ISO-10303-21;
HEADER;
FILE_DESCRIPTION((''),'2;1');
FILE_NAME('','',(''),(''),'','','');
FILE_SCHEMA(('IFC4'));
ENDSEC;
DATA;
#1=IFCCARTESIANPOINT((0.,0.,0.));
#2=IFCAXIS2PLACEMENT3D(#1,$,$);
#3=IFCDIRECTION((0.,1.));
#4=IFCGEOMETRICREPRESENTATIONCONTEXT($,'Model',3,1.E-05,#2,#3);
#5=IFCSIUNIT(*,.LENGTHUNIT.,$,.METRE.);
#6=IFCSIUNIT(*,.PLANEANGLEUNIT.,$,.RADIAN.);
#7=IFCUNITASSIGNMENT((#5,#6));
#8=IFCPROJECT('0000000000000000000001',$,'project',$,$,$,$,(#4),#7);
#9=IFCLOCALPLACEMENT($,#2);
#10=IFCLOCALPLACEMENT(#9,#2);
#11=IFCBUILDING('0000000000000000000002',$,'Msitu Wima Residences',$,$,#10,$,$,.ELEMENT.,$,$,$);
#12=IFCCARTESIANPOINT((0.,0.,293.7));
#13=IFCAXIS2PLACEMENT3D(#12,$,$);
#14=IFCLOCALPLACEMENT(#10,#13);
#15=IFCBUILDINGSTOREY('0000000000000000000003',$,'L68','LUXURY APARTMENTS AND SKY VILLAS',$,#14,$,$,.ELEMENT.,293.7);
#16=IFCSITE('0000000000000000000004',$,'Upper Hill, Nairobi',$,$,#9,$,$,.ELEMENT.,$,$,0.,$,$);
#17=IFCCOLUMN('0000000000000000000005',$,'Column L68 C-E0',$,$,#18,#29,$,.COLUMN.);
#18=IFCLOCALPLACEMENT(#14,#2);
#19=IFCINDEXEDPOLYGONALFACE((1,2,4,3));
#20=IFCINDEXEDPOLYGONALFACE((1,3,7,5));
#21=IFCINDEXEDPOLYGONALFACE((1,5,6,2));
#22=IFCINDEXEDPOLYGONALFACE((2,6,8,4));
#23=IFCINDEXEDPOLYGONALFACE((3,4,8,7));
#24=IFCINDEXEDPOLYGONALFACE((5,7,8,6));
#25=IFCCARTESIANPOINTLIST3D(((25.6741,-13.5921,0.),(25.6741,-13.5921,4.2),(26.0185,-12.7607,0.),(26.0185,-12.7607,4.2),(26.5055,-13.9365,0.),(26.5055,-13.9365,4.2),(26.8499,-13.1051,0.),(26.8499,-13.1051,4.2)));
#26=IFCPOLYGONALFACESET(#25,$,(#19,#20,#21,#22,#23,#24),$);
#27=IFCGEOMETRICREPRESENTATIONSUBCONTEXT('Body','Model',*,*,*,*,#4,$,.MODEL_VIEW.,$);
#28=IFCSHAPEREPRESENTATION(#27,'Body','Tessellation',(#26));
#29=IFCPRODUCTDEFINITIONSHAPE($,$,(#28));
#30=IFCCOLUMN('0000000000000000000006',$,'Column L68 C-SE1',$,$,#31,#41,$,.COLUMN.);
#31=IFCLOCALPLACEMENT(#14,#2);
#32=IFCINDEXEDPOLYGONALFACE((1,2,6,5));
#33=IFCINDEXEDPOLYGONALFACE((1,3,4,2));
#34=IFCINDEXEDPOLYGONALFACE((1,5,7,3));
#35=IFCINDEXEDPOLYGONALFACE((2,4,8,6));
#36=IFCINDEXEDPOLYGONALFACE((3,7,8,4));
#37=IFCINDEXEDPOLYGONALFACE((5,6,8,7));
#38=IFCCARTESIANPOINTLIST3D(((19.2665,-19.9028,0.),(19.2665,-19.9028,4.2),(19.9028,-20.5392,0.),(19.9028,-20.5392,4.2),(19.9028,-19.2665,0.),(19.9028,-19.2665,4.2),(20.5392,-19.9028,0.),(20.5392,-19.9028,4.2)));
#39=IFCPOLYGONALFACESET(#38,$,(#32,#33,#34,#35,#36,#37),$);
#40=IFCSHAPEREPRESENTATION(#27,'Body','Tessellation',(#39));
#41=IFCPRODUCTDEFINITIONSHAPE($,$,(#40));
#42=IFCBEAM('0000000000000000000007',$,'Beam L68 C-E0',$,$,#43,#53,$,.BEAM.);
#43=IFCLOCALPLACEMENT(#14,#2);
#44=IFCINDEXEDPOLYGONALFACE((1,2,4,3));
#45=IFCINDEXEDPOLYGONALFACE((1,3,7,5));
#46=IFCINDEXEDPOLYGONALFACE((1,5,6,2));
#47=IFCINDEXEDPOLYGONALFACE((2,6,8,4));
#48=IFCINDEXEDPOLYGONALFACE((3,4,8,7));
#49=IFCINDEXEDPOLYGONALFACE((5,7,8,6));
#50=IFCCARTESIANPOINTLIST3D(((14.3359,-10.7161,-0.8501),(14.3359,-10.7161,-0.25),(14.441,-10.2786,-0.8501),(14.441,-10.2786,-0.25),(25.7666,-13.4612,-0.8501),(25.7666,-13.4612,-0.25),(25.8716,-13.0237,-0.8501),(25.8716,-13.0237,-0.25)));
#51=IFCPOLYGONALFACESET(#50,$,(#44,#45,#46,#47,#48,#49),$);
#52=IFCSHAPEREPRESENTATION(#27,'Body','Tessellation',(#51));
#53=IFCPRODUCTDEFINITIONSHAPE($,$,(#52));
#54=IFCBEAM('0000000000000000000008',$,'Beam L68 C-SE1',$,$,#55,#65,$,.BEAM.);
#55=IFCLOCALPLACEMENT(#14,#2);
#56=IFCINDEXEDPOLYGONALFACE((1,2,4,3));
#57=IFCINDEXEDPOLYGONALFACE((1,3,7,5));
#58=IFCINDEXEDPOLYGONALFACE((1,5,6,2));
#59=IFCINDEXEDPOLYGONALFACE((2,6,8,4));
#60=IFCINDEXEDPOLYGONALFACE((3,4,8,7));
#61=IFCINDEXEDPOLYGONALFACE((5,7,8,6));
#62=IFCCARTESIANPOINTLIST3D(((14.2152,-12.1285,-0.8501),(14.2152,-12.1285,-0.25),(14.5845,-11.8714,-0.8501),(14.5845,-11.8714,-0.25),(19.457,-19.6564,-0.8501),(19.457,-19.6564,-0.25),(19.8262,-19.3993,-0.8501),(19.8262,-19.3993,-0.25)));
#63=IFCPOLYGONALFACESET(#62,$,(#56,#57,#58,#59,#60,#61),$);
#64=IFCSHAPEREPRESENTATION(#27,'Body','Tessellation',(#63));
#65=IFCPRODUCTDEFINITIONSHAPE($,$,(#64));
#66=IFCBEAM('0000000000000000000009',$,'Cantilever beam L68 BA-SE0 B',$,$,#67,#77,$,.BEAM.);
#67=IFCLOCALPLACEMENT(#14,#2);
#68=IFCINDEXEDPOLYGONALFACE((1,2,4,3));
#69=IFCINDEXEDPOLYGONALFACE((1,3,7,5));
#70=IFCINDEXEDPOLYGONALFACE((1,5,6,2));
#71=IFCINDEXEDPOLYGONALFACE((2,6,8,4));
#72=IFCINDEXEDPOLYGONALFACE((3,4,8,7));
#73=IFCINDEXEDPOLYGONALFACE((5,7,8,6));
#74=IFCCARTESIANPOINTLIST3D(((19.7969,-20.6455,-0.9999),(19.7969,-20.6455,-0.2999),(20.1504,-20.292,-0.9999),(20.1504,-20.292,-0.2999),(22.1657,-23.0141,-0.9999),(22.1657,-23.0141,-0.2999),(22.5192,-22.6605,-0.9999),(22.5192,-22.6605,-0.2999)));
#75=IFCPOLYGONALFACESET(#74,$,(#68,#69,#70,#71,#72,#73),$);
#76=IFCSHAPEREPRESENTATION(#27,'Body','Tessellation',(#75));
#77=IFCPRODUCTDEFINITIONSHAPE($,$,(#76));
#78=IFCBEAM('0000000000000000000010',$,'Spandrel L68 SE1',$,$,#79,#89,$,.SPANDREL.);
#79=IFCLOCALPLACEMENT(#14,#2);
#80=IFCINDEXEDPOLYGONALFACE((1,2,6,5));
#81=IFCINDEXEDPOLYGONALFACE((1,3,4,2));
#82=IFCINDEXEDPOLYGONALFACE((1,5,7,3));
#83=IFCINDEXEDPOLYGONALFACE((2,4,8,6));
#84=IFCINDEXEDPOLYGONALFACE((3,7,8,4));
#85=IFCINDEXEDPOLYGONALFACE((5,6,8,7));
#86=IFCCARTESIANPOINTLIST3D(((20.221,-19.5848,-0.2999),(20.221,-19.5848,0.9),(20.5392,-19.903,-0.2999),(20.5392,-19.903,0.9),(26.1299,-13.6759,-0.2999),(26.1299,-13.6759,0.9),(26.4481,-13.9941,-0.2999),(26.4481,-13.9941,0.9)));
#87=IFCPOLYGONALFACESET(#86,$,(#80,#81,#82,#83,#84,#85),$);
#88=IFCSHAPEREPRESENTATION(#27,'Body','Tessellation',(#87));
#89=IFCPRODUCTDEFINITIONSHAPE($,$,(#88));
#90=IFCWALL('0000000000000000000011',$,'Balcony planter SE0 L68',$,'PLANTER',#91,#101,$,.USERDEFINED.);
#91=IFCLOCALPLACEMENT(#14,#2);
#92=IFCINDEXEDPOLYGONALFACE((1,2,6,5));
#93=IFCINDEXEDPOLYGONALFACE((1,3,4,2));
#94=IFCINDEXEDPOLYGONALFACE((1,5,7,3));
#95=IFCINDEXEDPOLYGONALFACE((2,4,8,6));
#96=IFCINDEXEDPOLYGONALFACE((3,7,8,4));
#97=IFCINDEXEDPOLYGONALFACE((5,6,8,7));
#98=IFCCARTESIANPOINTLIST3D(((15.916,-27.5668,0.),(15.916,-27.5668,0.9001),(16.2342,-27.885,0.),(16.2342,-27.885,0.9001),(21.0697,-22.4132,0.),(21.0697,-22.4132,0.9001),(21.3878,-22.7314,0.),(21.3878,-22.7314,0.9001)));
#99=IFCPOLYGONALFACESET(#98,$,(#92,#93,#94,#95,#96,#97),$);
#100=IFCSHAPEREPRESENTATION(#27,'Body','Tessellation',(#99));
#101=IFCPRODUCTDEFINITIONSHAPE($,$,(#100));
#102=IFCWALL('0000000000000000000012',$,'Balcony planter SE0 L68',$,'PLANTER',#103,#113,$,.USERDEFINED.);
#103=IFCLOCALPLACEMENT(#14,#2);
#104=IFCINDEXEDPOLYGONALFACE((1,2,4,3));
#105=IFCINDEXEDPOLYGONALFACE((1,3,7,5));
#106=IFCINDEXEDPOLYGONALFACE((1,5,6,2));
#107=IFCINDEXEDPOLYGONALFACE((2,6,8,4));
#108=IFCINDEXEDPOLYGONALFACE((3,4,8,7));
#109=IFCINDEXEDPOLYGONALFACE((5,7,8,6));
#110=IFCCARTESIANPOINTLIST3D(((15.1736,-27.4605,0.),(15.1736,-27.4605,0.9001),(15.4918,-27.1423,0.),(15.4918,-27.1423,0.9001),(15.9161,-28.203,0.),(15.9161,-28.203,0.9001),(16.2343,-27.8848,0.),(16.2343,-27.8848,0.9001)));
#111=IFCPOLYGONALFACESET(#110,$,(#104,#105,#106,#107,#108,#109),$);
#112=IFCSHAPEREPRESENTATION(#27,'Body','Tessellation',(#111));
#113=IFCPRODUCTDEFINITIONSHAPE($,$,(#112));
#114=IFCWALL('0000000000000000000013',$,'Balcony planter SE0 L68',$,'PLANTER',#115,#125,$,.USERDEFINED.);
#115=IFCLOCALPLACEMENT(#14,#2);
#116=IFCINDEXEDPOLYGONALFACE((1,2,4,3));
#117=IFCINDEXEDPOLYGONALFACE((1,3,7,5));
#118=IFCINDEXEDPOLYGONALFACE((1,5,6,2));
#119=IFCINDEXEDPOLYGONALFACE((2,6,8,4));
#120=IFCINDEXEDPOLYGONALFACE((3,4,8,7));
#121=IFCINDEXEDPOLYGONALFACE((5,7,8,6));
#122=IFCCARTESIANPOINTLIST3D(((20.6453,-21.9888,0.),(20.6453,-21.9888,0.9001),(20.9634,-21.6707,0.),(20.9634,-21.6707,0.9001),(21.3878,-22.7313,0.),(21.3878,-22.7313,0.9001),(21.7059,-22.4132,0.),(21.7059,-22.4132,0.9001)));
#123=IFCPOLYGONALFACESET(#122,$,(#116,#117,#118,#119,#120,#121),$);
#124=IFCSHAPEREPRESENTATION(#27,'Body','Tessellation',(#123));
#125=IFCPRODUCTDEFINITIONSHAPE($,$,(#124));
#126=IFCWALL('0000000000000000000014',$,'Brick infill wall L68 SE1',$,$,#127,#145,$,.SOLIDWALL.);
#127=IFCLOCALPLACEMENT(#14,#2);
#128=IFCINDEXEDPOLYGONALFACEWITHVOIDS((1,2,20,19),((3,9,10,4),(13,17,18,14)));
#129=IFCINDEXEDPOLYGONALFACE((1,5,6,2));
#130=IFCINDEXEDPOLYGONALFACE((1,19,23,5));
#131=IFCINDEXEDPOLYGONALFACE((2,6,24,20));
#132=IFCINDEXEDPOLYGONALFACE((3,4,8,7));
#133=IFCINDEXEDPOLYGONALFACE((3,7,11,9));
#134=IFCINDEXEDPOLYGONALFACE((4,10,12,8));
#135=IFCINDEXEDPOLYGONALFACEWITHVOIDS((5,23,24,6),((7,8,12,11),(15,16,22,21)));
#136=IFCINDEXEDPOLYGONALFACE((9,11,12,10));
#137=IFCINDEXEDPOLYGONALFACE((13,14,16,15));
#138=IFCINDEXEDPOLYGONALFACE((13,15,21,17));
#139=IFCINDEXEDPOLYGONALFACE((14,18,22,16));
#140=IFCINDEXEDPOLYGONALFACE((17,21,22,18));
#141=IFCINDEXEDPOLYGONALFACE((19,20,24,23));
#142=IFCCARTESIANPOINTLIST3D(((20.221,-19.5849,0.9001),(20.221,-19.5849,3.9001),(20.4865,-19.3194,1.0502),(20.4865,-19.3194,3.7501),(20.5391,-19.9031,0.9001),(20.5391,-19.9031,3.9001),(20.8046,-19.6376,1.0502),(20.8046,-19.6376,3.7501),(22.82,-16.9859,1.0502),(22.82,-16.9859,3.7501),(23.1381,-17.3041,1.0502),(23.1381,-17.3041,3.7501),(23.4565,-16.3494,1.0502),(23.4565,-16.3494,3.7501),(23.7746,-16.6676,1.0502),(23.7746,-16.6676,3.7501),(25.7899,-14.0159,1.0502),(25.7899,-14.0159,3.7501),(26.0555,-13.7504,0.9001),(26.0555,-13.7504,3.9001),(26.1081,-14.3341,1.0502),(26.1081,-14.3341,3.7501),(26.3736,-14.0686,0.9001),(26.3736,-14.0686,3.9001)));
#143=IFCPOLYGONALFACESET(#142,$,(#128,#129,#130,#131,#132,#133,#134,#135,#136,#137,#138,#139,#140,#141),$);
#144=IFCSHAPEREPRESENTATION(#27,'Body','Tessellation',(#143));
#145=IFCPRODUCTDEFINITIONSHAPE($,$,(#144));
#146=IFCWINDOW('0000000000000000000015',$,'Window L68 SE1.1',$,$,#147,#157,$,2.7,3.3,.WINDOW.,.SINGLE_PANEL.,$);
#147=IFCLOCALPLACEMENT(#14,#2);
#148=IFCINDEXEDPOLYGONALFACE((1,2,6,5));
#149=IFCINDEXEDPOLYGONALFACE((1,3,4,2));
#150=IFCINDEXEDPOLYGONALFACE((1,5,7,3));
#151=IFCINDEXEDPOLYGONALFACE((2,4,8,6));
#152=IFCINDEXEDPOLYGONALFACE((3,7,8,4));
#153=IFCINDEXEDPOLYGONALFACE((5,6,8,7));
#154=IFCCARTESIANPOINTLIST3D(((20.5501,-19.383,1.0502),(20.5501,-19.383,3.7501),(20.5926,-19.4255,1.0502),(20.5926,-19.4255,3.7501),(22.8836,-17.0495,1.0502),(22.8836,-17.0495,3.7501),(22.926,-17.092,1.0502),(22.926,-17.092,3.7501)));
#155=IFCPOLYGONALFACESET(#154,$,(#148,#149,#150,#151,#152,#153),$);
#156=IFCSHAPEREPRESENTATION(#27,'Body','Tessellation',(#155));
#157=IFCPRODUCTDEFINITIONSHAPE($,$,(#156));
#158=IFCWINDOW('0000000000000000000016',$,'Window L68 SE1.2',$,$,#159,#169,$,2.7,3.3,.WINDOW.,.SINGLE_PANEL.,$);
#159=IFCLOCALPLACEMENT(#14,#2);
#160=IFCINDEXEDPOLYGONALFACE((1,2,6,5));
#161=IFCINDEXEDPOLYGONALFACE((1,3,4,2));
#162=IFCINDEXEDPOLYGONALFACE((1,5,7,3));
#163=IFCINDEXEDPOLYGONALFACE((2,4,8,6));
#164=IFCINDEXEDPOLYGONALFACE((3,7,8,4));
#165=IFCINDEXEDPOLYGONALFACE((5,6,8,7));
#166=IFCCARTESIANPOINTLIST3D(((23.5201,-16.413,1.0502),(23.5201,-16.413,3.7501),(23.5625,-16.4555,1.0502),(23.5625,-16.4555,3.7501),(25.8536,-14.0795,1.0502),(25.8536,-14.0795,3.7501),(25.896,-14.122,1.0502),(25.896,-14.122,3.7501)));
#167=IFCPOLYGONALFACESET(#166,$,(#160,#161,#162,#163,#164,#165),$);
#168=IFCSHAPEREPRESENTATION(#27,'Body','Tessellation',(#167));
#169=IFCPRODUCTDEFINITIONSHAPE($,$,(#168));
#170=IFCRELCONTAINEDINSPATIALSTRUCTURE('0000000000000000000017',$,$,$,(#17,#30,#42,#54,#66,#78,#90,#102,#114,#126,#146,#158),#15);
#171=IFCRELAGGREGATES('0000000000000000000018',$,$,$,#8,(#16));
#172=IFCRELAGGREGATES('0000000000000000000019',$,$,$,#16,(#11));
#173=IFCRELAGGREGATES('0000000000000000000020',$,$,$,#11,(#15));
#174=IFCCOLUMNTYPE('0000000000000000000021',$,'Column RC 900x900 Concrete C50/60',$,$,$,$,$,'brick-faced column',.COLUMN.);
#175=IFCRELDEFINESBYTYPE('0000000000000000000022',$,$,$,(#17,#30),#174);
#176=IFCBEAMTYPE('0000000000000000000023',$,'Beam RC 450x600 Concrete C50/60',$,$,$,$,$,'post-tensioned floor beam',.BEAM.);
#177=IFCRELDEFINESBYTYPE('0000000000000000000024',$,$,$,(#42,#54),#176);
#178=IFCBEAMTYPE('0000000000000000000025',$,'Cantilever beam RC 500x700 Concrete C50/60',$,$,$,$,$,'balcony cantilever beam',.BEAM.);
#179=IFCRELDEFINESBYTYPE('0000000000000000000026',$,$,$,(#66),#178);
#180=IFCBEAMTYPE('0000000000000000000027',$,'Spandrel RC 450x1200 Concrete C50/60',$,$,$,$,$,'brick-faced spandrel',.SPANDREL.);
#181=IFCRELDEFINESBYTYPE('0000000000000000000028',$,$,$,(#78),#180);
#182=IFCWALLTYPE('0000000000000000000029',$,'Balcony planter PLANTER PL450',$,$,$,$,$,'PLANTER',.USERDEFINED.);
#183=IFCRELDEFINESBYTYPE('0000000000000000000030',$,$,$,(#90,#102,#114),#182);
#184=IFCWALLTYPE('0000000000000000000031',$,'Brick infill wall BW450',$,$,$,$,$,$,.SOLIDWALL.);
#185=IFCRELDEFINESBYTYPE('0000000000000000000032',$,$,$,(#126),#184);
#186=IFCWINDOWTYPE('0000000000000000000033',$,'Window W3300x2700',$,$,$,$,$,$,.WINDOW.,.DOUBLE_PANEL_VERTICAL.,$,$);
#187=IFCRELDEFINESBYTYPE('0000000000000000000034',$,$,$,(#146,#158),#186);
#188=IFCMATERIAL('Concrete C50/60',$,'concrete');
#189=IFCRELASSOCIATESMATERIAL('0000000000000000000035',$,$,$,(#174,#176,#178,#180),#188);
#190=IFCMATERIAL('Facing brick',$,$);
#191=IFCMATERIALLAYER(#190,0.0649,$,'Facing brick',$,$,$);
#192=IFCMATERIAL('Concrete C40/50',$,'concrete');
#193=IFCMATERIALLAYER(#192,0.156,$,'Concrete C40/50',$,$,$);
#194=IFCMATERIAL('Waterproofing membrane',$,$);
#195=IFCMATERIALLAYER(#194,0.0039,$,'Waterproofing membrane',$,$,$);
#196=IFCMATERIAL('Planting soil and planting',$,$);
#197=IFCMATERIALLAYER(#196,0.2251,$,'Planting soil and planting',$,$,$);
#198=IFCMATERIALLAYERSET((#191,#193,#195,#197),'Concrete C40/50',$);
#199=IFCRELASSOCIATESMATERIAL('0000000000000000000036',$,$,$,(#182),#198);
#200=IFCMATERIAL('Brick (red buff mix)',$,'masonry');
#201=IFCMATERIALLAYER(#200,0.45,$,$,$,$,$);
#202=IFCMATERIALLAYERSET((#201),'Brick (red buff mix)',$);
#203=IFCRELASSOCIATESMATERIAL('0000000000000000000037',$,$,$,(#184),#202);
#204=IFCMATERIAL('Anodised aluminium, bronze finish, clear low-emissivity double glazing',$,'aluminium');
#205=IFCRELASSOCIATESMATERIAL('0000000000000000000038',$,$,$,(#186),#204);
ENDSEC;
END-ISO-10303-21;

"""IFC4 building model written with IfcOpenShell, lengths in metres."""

from ifc_helpers import new_model, si_unit, direction, frame, frame_2d, origin, origin_2d, place, context, subcontext, project, spatial, rectangle, extrude, material, layer, layer_set, material_profile, profile_set, type_object, element, fill, save


model = new_model("IFC4")

# Units and contexts
model_context = context("Model", 3, precision=1e-05, world=origin(), true_north=direction((0.0, 1.0)))
body_context = subcontext(model_context, "Body", "Model", "MODEL_VIEW")
ifc_project = project(units=[si_unit("LENGTHUNIT", "METRE"), si_unit("PLANEANGLEUNIT", "RADIAN")], contexts=[model_context])

# Site, building, storey
site_placement = place(None, origin())
site = spatial("IfcSite", under=ifc_project, at=site_placement, Name="Upper Hill, Nairobi", CompositionType="ELEMENT", RefElevation=0.0)
building_placement = place(site_placement, origin())
building = spatial("IfcBuilding", under=site, at=building_placement, Name="Msitu Wima Residences", CompositionType="ELEMENT")
storey_placement = place(building_placement, frame((0.0, 0.0, 293.7)))
storey = spatial("IfcBuildingStorey", under=building, at=storey_placement, Name="L68", Description="LUXURY APARTMENTS AND SKY VILLAS", CompositionType="ELEMENT", Elevation=293.7)

# Columns
ifc_material_1 = material(Name="Concrete C50/60", Category="concrete")
ifc_material_profile_1 = material_profile(ifc_material_1, rectangle(XDim=0.8999, YDim=0.8999, at=origin_2d()), Name="RC 900x900")
ifc_profile_set_1 = profile_set([ifc_material_profile_1], Name="Concrete C50/60")
column_type = type_object("IfcColumnType", Name="Column RC 900x900 Concrete C50/60", ElementType="brick-faced column", PredefinedType="COLUMN", material=ifc_profile_set_1)
for number, where, z_axis, x_axis, name in (
    (1, (26.262, -13.3486, 0.0), (0.0, 0.0, 1.0), (0.382683, 0.92388, 0.0), "Column L68 C-E0"),
    (2, (19.9028, -19.9028, 0.0), (0.0, 0.0, 1.0), (0.707107, 0.707107, 0.0), "Column L68 C-SE1"),
):
    element("IfcColumn", number, at=place(storey_placement, frame(where, z_axis=z_axis, x_axis=x_axis)), inside=storey, type_object=column_type, Name=name, PredefinedType="COLUMN", context=body_context, shape_type="SweptSolid", body=[
        extrude(rectangle(XDim=0.8999, YDim=0.8999, at=origin_2d()), origin(), (0.0, 0.0, 1.0), 4.2),
    ])

# Beams
ifc_material_profile_2 = material_profile(ifc_material_1, rectangle(XDim=0.45, YDim=0.6001, at=origin_2d()), Name="RC 450x600")
ifc_profile_set_2 = profile_set([ifc_material_profile_2], Name="Concrete C50/60")
beam_type_1 = type_object("IfcBeamType", Name="Beam RC 450x600 Concrete C50/60", ElementType="post-tensioned floor beam", PredefinedType="BEAM", material=ifc_profile_set_2)
beam_1_placement = place(storey_placement, frame((25.8191, -13.2424, -0.55), z_axis=(-0.972353, 0.233514, 0.0), x_axis=(-0.233514, -0.972353, 0.0)))
element("IfcBeam", 3, at=beam_1_placement, inside=storey, type_object=beam_type_1, Name="Beam L68 C-E0", PredefinedType="BEAM", context=body_context, shape_type="SweptSolid", body=[
    extrude(rectangle(XDim=0.45, YDim=0.6001, at=origin_2d()), origin(), (0.0, 0.0, 1.0), 11.7556),
])
beam_2_placement = place(storey_placement, frame((19.6416, -19.5278, -0.55), z_axis=(-0.571428, 0.820652, 0.0), x_axis=(-0.820652, -0.571428, 0.0)))
element("IfcBeam", 4, at=beam_2_placement, inside=storey, type_object=beam_type_1, Name="Beam L68 C-SE1", PredefinedType="BEAM", context=body_context, shape_type="SweptSolid", body=[
    extrude(rectangle(XDim=0.45, YDim=0.6001, at=origin_2d()), origin(), (0.0, 0.0, 1.0), 9.1731),
])
ifc_material_profile_3 = material_profile(ifc_material_1, rectangle(XDim=0.5, YDim=0.7, at=origin_2d()), Name="RC 500x700")
ifc_profile_set_3 = profile_set([ifc_material_profile_3], Name="Concrete C50/60")
beam_type_2 = type_object("IfcBeamType", Name="Cantilever beam RC 500x700 Concrete C50/60", ElementType="balcony cantilever beam", PredefinedType="BEAM", material=ifc_profile_set_3)
beam_3_placement = place(storey_placement, frame((19.9736, -20.4688, -0.6499), z_axis=(0.707143, -0.70707, 0.0), x_axis=(0.70707, 0.707143, 0.0)))
element("IfcBeam", 5, at=beam_3_placement, inside=storey, type_object=beam_type_2, Name="Cantilever beam L68 BA-SE0 B", PredefinedType="BEAM", context=body_context, shape_type="SweptSolid", body=[
    extrude(rectangle(XDim=0.5, YDim=0.7, at=origin_2d()), origin(), (0.0, 0.0, 1.0), 3.3499),
])
ifc_material_profile_4 = material_profile(ifc_material_1, rectangle(XDim=0.45, YDim=1.2, at=origin_2d()), Name="RC 450x1200")
ifc_profile_set_4 = profile_set([ifc_material_profile_4], Name="Concrete C50/60")
beam_type_3 = type_object("IfcBeamType", Name="Spandrel RC 450x1200 Concrete C50/60", ElementType="brick-faced spandrel", PredefinedType="SPANDREL", material=ifc_profile_set_4)
beam_4_placement = place(storey_placement, frame((20.3801, -19.7439, 0.3), z_axis=(0.707107, 0.707107, 0.0), x_axis=(-0.707107, 0.707107, 0.0)))
element("IfcBeam", 6, at=beam_4_placement, inside=storey, type_object=beam_type_3, Name="Spandrel L68 SE1", PredefinedType="SPANDREL", context=body_context, shape_type="SweptSolid", body=[
    extrude(rectangle(XDim=0.45, YDim=1.2, at=origin_2d()), origin(), (0.0, 0.0, 1.0), 8.3564),
])

# Walls
ifc_material_2 = material(Name="Facing brick")
ifc_layer_1 = layer(ifc_material_2, 0.0649, Name="Facing brick")
ifc_material_3 = material(Name="Concrete C40/50", Category="concrete")
ifc_layer_2 = layer(ifc_material_3, 0.156, Name="Concrete C40/50")
ifc_material_4 = material(Name="Waterproofing membrane")
ifc_layer_3 = layer(ifc_material_4, 0.0039, Name="Waterproofing membrane")
ifc_material_5 = material(Name="Planting soil and planting")
ifc_layer_4 = layer(ifc_material_5, 0.2251, Name="Planting soil and planting")
ifc_layer_set_1 = layer_set([ifc_layer_1, ifc_layer_2, ifc_layer_3, ifc_layer_4], Name="Concrete C40/50")
wall_type_1 = type_object("IfcWallType", Name="Balcony planter PLANTER PL450", ElementType="PLANTER", PredefinedType="USERDEFINED", material=ifc_layer_set_1)
wall_1_placement = place(storey_placement, frame((16.0752, -27.7258, 0.0), z_axis=(0.0, 0.0, 1.0), x_axis=(0.707107, 0.707107, 0.0)))
element("IfcWall", 7, at=wall_1_placement, inside=storey, type_object=wall_type_1, Name="Balcony planter SE0 L68", ObjectType="PLANTER", PredefinedType="USERDEFINED", context=body_context, shape_type="SweptSolid", body=[
    extrude(rectangle(XDim=7.2883, YDim=0.45, at=frame_2d((3.644, 0.0))), origin(), (0.0, 0.0, 1.0), 0.9001),
])
for number, where, z_axis, x_axis, name in (
    (8, (15.3328, -27.3015, 0.0), (0.0, 0.0, 1.0), (0.707107, -0.707107, 0.0), "Balcony planter SE0 L68"),
    (9, (20.8044, -21.8298, 0.0), (0.0, 0.0, 1.0), (0.707107, -0.707107, 0.0), "Balcony planter SE0 L68"),
):
    element("IfcWall", number, at=place(storey_placement, frame(where, z_axis=z_axis, x_axis=x_axis)), inside=storey, type_object=wall_type_1, Name=name, ObjectType="PLANTER", PredefinedType="USERDEFINED", context=body_context, shape_type="SweptSolid", body=[
        extrude(rectangle(XDim=1.05, YDim=0.45, at=frame_2d((0.5249, 0.0))), origin(), (0.0, 0.0, 1.0), 0.9001),
    ])

# Wall, openings, windows
ifc_material_6 = material(Name="Brick (red buff mix)", Category="masonry")
ifc_layer_5 = layer(ifc_material_6, 0.45)
ifc_layer_set_2 = layer_set([ifc_layer_5], Name="Brick (red buff mix)")
wall_type_2 = type_object("IfcWallType", Name="Brick infill wall BW450", PredefinedType="SOLIDWALL", material=ifc_layer_set_2)
wall_2_placement = place(storey_placement, frame((20.3801, -19.7439, 0.9001), z_axis=(0.0, 0.0, 1.0), x_axis=(0.707107, 0.707107, 0.0)))
wall_2 = element("IfcWall", 10, at=wall_2_placement, inside=storey, type_object=wall_type_2, Name="Brick infill wall L68 SE1", PredefinedType="SOLIDWALL", context=body_context, shape_type="SweptSolid", body=[
    extrude(rectangle(XDim=8.2512, YDim=0.45, at=frame_2d((4.1255, 0.0))), origin(), (0.0, 0.0, 1.0), 3.0),
])
opening_1_placement = place(wall_2_placement, frame((0.3755, 0.0, 0.1499)))
opening_1 = element("IfcOpeningElement", 11, at=opening_1_placement, cuts=wall_2, PredefinedType="OPENING", context=body_context, shape_type="SweptSolid", body=[
    extrude(rectangle(XDim=3.3, YDim=2.7, at=frame_2d((1.6499, 1.3501))), frame((0.0, 0.2349, 0.0), z_axis=(0.0, -1.0, 0.0), x_axis=(1.0, 0.0, 0.0)), (0.0, 0.0, 1.0), 0.47),
])
opening_2_placement = place(wall_2_placement, frame((4.5757, 0.0, 0.1499)))
opening_2 = element("IfcOpeningElement", 12, at=opening_2_placement, cuts=wall_2, PredefinedType="OPENING", context=body_context, shape_type="SweptSolid", body=[
    extrude(rectangle(XDim=3.3, YDim=2.7, at=frame_2d((1.6499, 1.3501))), frame((0.0, 0.2349, 0.0), z_axis=(0.0, -1.0, 0.0), x_axis=(1.0, 0.0, 0.0)), (0.0, 0.0, 1.0), 0.47),
])
ifc_material_7 = material(Name="Anodised aluminium, bronze finish, clear low-emissivity double glazing", Category="aluminium")
window_type = type_object("IfcWindowType", Name="Window W3300x2700", PartitioningType="DOUBLE_PANEL_VERTICAL", PredefinedType="WINDOW", material=ifc_material_7)
window_1_placement = place(opening_1_placement, origin())
window_1 = element("IfcWindow", 13, at=window_1_placement, inside=storey, type_object=window_type, Name="Window L68 SE1.1", OverallHeight=2.7, OverallWidth=3.3, PartitioningType="SINGLE_PANEL", PredefinedType="WINDOW", context=body_context, shape_type="SweptSolid", body=[
    extrude(rectangle(XDim=3.3, YDim=2.7, at=frame_2d((1.6499, 1.3501))), frame((0.0, 0.135, 0.0), z_axis=(0.0, -1.0, 0.0), x_axis=(1.0, 0.0, 0.0)), (0.0, 0.0, 1.0), 0.0601),
])
fill(opening_1, window_1)
window_2_placement = place(opening_2_placement, origin())
window_2 = element("IfcWindow", 14, at=window_2_placement, inside=storey, type_object=window_type, Name="Window L68 SE1.2", OverallHeight=2.7, OverallWidth=3.3, PartitioningType="SINGLE_PANEL", PredefinedType="WINDOW", context=body_context, shape_type="SweptSolid", body=[
    extrude(rectangle(XDim=3.3, YDim=2.7, at=frame_2d((1.6499, 1.3501))), frame((0.0, 0.135, 0.0), z_axis=(0.0, -1.0, 0.0), x_axis=(1.0, 0.0, 0.0)), (0.0, 0.0, 1.0), 0.0601),
])
fill(opening_2, window_2)

save(model, "model.ifc")
